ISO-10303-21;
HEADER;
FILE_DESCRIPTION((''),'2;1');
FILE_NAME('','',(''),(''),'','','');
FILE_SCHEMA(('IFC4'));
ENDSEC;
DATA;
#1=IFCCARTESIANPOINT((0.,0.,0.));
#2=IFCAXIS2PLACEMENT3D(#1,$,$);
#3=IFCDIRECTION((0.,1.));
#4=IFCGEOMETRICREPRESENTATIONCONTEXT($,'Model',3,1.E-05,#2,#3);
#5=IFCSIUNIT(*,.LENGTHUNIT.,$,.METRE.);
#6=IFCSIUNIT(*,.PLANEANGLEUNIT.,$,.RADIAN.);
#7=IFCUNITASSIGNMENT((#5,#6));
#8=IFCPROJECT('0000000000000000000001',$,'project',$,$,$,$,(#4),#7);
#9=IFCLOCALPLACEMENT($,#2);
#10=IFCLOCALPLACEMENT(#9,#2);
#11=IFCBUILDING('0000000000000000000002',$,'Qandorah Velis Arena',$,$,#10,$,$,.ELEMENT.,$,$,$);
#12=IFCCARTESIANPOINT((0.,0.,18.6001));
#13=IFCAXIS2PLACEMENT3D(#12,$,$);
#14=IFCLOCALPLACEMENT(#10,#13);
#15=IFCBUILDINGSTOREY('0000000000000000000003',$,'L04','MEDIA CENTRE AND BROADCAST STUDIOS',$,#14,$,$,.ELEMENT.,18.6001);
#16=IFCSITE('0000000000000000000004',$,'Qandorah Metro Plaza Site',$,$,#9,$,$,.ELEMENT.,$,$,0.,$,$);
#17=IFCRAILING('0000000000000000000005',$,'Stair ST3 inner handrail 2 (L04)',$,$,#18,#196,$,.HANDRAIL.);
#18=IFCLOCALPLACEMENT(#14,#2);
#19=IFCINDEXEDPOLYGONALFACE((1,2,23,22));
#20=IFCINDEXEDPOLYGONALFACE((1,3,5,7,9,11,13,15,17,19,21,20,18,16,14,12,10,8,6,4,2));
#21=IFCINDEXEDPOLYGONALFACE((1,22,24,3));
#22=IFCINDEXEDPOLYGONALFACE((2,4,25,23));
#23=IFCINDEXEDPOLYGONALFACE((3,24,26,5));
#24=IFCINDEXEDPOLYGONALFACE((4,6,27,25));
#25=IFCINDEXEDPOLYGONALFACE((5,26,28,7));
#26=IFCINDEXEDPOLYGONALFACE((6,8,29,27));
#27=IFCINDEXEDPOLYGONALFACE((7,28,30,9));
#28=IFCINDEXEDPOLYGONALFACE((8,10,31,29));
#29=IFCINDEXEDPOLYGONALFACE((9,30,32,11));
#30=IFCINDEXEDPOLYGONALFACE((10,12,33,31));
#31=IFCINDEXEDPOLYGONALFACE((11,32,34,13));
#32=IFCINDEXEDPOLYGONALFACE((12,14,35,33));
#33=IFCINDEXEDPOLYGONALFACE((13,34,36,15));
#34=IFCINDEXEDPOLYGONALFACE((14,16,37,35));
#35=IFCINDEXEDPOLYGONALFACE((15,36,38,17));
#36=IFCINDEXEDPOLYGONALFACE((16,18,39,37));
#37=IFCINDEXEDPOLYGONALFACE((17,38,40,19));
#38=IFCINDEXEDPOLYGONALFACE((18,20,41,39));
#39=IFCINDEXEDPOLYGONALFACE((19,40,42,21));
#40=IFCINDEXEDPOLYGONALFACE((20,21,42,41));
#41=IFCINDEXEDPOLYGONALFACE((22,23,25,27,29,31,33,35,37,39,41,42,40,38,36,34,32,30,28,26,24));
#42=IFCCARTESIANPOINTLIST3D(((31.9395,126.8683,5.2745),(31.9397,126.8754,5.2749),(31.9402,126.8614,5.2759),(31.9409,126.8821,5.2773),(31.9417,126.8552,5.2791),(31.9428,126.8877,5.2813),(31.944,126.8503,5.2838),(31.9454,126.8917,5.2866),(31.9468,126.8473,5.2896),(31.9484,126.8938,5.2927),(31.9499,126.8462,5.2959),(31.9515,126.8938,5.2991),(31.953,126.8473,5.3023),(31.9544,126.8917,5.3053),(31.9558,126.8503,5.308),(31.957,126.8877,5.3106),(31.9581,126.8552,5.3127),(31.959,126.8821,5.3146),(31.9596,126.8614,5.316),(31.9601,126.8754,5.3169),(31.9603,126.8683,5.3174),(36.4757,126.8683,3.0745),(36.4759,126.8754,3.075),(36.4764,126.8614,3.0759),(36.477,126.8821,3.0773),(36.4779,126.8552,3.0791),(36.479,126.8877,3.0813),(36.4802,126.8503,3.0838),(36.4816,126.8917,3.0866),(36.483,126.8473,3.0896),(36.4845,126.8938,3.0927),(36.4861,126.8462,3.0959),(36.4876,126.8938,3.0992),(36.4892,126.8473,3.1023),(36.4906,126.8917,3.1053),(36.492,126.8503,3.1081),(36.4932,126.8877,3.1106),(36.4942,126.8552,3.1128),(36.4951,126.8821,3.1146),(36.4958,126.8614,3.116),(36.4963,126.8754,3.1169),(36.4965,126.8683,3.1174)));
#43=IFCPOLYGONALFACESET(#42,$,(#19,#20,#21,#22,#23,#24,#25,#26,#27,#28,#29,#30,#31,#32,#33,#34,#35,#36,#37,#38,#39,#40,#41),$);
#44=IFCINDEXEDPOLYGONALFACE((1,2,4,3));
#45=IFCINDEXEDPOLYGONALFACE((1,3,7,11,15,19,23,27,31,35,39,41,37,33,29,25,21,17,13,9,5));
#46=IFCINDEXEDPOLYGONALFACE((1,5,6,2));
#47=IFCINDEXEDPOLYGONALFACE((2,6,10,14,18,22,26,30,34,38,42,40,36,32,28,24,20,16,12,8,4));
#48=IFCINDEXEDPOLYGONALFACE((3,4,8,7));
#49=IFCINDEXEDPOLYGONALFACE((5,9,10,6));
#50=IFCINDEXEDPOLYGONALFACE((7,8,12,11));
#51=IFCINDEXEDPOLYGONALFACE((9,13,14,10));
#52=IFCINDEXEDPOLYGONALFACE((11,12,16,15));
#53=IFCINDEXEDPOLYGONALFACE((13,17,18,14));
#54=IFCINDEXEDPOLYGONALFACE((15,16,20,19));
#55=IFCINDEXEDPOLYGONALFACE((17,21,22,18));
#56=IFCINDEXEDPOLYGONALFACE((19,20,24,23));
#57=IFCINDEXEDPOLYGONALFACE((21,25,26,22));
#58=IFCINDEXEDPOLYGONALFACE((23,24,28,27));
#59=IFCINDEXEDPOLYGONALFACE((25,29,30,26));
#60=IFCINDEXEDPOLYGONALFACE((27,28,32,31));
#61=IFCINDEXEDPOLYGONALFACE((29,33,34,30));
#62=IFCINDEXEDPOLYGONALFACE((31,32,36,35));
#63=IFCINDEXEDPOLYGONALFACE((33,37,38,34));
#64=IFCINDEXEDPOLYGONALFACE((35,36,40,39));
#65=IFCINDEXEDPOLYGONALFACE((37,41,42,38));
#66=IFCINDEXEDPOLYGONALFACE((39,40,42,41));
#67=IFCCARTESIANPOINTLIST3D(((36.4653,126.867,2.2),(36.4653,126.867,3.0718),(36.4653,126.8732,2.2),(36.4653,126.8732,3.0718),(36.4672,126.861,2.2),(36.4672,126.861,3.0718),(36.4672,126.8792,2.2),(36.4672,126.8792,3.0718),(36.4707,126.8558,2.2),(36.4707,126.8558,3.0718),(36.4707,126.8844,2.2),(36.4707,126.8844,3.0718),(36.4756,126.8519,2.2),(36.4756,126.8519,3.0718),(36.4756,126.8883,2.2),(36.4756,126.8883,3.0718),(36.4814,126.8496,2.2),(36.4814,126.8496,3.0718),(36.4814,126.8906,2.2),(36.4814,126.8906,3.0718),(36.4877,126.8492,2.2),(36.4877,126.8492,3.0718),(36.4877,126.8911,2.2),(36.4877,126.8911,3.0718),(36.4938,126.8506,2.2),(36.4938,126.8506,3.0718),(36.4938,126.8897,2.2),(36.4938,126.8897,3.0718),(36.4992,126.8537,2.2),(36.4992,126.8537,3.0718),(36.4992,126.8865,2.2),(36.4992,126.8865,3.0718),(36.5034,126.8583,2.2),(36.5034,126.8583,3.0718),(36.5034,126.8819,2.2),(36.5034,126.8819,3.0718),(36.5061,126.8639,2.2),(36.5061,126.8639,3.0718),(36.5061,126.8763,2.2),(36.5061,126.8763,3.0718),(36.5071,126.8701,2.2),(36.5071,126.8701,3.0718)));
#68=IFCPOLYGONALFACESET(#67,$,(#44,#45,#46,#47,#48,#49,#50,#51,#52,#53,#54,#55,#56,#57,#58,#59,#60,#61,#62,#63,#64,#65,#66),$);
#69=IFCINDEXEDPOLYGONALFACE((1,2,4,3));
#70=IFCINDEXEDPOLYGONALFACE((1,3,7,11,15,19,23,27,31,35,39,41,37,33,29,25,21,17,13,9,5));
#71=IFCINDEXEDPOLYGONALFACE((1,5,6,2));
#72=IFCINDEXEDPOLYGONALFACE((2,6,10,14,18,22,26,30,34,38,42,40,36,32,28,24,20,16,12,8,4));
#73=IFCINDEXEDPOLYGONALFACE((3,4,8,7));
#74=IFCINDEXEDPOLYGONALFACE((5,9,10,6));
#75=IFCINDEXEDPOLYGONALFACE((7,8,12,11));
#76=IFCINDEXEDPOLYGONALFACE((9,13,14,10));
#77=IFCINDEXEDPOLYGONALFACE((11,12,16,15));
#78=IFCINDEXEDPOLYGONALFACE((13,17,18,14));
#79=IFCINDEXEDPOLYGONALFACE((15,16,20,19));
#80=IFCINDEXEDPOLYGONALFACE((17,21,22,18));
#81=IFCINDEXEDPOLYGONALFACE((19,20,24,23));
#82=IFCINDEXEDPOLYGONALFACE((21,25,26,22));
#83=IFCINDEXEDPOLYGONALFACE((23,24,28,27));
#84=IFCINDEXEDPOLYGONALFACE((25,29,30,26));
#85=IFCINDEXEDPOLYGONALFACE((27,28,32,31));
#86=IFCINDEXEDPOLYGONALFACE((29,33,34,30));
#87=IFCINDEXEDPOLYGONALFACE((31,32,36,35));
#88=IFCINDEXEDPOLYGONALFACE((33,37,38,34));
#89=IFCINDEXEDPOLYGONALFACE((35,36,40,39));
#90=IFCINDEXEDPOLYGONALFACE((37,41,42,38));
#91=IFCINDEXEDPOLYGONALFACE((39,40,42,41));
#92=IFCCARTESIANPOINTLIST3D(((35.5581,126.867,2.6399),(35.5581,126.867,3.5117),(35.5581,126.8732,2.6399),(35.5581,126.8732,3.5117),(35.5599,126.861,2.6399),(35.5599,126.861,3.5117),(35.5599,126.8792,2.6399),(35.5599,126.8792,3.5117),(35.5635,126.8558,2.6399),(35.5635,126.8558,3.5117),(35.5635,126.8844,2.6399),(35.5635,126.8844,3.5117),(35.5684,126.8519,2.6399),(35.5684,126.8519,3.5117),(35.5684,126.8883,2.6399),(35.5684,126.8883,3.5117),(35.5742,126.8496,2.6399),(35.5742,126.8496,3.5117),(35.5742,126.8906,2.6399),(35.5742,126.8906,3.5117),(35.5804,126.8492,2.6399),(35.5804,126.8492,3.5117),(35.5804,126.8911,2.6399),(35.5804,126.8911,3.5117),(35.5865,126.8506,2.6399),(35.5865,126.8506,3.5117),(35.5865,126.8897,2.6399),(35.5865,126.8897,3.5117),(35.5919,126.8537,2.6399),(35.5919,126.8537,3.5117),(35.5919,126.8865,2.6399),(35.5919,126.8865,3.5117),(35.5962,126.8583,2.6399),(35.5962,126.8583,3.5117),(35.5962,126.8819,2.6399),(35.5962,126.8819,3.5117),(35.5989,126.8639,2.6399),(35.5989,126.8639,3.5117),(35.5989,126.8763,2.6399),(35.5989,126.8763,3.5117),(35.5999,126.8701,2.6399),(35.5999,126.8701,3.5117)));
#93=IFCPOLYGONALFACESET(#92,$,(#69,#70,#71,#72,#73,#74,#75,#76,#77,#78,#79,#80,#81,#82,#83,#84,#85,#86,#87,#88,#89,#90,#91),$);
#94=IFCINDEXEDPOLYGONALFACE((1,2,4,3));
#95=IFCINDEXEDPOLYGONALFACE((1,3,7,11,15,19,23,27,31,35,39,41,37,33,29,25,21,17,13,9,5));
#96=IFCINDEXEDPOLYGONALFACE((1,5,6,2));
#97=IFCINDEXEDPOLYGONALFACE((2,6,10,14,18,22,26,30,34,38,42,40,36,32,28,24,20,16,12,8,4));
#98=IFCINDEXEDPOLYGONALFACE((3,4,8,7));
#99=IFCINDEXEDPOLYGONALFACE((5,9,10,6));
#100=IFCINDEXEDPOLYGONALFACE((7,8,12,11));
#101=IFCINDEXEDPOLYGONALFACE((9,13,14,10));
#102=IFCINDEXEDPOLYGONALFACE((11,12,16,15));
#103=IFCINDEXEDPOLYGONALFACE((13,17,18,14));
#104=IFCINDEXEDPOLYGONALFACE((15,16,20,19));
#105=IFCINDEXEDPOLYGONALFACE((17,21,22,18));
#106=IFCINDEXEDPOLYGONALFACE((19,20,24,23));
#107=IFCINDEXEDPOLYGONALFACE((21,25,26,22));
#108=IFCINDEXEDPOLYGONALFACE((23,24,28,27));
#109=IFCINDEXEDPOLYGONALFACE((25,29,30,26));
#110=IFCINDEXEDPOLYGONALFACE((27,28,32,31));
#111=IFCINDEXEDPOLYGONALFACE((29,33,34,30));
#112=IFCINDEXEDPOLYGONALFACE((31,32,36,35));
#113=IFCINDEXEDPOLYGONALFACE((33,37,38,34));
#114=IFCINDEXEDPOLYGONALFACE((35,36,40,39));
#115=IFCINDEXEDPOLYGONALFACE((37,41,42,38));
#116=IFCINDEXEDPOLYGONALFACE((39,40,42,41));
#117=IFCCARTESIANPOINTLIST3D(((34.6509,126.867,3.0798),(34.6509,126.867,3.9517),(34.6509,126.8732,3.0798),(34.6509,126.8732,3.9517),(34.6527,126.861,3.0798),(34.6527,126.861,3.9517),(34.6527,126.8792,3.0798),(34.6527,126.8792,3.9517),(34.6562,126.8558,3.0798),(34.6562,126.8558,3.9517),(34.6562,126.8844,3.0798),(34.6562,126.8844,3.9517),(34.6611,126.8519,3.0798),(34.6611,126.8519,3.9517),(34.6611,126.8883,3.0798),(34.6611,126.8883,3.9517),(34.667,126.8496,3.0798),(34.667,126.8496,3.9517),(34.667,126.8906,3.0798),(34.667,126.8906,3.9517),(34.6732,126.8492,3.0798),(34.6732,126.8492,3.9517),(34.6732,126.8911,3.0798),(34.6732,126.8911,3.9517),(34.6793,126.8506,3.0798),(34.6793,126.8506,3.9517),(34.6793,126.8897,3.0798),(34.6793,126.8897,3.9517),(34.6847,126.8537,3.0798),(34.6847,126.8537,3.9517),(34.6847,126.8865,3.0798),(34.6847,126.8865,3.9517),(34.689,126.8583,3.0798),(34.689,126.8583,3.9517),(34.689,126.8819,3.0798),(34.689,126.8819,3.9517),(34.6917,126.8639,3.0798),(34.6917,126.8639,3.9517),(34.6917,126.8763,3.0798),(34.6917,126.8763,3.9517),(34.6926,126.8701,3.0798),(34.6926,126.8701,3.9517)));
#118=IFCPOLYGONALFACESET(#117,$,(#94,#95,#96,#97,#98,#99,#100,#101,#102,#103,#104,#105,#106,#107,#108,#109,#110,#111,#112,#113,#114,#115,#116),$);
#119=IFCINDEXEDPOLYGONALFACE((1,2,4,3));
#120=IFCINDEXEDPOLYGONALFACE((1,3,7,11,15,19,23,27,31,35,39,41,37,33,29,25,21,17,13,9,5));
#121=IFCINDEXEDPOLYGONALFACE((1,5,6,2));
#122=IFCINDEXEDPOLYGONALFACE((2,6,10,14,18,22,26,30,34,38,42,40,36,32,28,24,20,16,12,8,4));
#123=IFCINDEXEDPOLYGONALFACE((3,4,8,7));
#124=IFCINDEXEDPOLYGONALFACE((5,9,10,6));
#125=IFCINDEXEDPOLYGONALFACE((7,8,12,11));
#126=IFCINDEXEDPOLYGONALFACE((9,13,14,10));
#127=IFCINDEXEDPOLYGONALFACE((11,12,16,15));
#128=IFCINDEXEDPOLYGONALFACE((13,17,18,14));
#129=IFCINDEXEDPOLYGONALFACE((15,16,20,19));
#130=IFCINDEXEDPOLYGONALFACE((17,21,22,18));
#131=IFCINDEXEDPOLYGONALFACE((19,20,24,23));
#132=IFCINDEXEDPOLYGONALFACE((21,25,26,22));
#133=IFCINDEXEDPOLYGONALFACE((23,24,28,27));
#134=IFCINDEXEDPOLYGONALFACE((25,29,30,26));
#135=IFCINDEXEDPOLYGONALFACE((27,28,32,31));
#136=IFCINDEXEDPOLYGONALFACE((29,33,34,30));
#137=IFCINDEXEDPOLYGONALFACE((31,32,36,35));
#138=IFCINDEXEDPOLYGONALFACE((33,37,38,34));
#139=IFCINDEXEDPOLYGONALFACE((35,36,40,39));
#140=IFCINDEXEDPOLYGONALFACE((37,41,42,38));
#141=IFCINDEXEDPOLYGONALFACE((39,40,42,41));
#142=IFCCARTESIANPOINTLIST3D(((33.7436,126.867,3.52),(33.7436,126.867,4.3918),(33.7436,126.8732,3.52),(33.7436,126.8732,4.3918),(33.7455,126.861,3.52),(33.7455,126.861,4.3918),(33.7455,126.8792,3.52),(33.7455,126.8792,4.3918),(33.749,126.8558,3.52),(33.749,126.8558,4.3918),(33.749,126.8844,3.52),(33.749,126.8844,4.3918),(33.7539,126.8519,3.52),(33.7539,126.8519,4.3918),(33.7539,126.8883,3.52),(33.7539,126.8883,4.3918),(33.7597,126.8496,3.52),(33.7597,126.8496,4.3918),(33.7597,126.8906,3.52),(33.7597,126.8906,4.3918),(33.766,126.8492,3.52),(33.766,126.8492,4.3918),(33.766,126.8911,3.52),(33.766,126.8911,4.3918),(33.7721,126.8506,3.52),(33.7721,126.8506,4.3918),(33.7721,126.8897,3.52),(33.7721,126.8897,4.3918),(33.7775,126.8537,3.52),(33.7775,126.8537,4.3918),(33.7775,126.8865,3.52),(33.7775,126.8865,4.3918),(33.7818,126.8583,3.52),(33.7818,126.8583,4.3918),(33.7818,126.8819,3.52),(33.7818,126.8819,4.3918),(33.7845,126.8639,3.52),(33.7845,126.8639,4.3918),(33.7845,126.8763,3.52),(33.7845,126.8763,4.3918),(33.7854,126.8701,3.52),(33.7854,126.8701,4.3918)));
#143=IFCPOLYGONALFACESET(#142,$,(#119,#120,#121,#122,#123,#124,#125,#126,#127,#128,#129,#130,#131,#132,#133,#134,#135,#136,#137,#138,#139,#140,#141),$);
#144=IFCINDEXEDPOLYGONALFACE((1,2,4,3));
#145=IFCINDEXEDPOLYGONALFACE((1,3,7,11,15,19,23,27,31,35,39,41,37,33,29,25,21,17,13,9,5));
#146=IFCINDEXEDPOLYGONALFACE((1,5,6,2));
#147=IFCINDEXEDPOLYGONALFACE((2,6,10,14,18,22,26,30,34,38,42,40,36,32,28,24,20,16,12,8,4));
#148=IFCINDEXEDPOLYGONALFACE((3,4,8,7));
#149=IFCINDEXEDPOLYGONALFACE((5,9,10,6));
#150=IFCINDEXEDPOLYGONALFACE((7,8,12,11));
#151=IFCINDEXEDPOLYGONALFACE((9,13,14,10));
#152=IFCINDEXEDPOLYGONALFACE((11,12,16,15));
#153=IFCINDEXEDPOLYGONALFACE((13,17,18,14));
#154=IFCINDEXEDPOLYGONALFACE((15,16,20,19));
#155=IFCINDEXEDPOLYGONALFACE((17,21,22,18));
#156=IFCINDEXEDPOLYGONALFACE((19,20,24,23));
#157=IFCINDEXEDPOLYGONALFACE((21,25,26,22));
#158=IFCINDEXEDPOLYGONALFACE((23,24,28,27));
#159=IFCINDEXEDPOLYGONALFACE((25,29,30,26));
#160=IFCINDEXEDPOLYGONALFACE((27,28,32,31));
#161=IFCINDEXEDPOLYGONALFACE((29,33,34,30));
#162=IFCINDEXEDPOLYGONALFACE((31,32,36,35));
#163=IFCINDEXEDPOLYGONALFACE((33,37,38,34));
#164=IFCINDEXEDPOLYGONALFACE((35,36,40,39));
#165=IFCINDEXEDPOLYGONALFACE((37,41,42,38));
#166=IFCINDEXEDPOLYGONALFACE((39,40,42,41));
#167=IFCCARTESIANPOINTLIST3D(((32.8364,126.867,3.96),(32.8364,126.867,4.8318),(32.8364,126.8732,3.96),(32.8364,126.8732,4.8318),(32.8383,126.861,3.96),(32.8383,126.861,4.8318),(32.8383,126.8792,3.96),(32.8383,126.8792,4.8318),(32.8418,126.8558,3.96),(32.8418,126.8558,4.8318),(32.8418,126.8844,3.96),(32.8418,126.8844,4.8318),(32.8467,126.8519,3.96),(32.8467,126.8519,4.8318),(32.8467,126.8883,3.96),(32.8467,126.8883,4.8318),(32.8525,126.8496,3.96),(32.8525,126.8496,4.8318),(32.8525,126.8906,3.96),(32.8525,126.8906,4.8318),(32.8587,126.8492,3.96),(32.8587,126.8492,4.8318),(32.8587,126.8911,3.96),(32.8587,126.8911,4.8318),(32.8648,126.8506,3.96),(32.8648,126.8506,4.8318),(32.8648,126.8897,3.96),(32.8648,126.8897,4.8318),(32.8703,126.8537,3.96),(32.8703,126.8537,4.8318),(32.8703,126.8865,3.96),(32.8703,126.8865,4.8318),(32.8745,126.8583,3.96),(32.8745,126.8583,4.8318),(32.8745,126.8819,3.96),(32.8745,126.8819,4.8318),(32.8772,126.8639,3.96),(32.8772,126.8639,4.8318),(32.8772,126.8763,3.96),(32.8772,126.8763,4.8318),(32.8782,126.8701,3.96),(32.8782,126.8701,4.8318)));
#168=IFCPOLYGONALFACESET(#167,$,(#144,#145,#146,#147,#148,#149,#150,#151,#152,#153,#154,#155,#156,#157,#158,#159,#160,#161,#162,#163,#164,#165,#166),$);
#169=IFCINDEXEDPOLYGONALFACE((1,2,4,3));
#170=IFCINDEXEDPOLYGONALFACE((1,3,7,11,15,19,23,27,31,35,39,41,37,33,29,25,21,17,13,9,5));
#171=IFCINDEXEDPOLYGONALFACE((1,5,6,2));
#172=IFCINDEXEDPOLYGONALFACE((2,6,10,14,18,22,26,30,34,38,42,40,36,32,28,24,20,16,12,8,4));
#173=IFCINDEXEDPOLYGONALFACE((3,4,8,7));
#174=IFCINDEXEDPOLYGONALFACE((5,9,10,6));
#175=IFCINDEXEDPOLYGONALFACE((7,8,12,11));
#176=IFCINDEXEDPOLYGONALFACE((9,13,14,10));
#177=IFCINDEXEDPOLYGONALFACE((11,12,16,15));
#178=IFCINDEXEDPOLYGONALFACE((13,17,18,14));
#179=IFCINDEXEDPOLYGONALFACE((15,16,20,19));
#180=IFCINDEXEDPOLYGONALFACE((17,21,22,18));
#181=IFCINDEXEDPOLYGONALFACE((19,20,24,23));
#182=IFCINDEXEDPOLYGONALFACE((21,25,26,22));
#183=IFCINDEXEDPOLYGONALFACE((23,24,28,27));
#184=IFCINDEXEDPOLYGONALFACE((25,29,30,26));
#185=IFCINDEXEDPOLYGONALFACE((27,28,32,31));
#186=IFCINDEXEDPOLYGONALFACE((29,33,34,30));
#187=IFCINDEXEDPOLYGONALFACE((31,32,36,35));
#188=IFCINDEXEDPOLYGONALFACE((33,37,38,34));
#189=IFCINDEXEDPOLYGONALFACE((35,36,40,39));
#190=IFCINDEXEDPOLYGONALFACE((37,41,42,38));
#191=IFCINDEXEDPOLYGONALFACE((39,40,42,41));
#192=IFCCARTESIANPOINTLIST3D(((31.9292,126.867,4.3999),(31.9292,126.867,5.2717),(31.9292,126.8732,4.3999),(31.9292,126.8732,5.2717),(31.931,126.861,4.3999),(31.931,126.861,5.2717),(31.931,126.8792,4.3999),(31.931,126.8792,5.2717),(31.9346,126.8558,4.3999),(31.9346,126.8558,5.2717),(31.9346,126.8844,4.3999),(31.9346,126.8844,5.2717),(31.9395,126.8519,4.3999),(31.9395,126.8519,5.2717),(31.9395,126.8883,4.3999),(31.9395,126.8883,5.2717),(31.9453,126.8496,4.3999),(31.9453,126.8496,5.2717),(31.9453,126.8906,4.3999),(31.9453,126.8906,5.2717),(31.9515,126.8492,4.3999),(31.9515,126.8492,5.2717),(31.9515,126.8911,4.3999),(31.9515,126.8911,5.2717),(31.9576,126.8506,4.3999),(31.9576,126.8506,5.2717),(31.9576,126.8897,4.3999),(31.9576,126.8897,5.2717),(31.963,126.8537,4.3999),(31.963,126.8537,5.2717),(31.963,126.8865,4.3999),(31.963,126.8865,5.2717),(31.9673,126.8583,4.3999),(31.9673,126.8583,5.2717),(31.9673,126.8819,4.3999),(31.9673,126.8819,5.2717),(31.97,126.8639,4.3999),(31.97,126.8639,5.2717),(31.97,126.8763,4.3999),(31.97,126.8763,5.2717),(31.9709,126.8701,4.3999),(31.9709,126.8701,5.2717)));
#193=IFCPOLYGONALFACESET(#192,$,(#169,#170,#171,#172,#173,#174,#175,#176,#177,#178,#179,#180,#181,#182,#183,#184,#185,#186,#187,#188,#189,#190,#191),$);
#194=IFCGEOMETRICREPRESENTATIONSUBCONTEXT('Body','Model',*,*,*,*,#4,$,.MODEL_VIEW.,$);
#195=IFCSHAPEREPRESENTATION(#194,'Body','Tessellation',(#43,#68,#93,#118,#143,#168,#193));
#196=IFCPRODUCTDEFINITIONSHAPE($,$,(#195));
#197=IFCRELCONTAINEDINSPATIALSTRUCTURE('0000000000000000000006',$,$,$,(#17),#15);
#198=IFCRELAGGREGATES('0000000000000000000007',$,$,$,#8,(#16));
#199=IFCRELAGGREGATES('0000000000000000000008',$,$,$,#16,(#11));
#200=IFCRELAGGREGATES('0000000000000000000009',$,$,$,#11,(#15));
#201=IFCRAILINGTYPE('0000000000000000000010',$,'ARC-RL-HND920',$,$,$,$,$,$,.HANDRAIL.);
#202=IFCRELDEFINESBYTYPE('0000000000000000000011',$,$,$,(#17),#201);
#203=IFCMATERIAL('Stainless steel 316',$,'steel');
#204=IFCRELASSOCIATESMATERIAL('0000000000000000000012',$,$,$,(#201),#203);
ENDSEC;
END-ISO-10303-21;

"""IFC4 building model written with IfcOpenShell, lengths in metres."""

from ifc_helpers import new_model, si_unit, direction, frame, origin, origin_2d, place, context, subcontext, project, spatial, circle, extrude, material, type_object, element, save


model = new_model("IFC4")

# Units and contexts
model_context = context("Model", 3, precision=1e-05, world=origin(), true_north=direction((0.0, 1.0)))
body_context = subcontext(model_context, "Body", "Model", "MODEL_VIEW")
ifc_project = project(units=[si_unit("LENGTHUNIT", "METRE"), si_unit("PLANEANGLEUNIT", "RADIAN")], contexts=[model_context])

# Site, building, storey
site_placement = place(None, origin())
site = spatial("IfcSite", under=ifc_project, at=site_placement, Name="Qandorah Metro Plaza Site", CompositionType="ELEMENT", RefElevation=0.0)
building_placement = place(site_placement, origin())
building = spatial("IfcBuilding", under=site, at=building_placement, Name="Qandorah Velis Arena", CompositionType="ELEMENT")
storey_placement = place(building_placement, frame((0.0, 0.0, 18.6001)))
storey = spatial("IfcBuildingStorey", under=building, at=storey_placement, Name="L04", Description="MEDIA CENTRE AND BROADCAST STUDIOS", CompositionType="ELEMENT", Elevation=18.6001)

# Railing
ifc_material_1 = material(Name="Stainless steel 316", Category="steel")
railing_type_1 = type_object("IfcRailingType", Name="ARC-RL-HND920", PredefinedType="HANDRAIL", material=ifc_material_1)
railing_1_placement = place(storey_placement, frame((36.4861, 126.8701, 2.2)))
element("IfcRailing", 1, at=railing_1_placement, inside=storey, type_object=railing_type_1, Name="Stair ST3 inner handrail 2 (L04)", PredefinedType="HANDRAIL", context=body_context, shape_type="SweptSolid", body=[
    extrude(circle(Radius=0.0239, at=origin_2d()), frame((0.0, 0.0, 0.896), z_axis=(-0.899766, 0.0, 0.436372), x_axis=(0.0, -1.0, 0.0)), (0.0, 0.0, 1.0), 5.0415),
    extrude(circle(Radius=0.021, at=origin_2d()), origin(), (0.0, 0.0, 1.0), 0.8718),
    extrude(circle(Radius=0.021, at=origin_2d()), frame((-0.9072, 0.0, 0.4399)), (0.0, 0.0, 1.0), 0.8718),
    extrude(circle(Radius=0.021, at=origin_2d()), frame((-1.8145, 0.0, 0.8799)), (0.0, 0.0, 1.0), 0.8718),
    extrude(circle(Radius=0.021, at=origin_2d()), frame((-2.7217, 0.0, 1.3201)), (0.0, 0.0, 1.0), 0.8718),
    extrude(circle(Radius=0.021, at=origin_2d()), frame((-3.6289, 0.0, 1.76)), (0.0, 0.0, 1.0), 0.8718),
    extrude(circle(Radius=0.021, at=origin_2d()), frame((-4.5361, 0.0, 2.2)), (0.0, 0.0, 1.0), 0.8718),
])

save(model, "model.ifc")
